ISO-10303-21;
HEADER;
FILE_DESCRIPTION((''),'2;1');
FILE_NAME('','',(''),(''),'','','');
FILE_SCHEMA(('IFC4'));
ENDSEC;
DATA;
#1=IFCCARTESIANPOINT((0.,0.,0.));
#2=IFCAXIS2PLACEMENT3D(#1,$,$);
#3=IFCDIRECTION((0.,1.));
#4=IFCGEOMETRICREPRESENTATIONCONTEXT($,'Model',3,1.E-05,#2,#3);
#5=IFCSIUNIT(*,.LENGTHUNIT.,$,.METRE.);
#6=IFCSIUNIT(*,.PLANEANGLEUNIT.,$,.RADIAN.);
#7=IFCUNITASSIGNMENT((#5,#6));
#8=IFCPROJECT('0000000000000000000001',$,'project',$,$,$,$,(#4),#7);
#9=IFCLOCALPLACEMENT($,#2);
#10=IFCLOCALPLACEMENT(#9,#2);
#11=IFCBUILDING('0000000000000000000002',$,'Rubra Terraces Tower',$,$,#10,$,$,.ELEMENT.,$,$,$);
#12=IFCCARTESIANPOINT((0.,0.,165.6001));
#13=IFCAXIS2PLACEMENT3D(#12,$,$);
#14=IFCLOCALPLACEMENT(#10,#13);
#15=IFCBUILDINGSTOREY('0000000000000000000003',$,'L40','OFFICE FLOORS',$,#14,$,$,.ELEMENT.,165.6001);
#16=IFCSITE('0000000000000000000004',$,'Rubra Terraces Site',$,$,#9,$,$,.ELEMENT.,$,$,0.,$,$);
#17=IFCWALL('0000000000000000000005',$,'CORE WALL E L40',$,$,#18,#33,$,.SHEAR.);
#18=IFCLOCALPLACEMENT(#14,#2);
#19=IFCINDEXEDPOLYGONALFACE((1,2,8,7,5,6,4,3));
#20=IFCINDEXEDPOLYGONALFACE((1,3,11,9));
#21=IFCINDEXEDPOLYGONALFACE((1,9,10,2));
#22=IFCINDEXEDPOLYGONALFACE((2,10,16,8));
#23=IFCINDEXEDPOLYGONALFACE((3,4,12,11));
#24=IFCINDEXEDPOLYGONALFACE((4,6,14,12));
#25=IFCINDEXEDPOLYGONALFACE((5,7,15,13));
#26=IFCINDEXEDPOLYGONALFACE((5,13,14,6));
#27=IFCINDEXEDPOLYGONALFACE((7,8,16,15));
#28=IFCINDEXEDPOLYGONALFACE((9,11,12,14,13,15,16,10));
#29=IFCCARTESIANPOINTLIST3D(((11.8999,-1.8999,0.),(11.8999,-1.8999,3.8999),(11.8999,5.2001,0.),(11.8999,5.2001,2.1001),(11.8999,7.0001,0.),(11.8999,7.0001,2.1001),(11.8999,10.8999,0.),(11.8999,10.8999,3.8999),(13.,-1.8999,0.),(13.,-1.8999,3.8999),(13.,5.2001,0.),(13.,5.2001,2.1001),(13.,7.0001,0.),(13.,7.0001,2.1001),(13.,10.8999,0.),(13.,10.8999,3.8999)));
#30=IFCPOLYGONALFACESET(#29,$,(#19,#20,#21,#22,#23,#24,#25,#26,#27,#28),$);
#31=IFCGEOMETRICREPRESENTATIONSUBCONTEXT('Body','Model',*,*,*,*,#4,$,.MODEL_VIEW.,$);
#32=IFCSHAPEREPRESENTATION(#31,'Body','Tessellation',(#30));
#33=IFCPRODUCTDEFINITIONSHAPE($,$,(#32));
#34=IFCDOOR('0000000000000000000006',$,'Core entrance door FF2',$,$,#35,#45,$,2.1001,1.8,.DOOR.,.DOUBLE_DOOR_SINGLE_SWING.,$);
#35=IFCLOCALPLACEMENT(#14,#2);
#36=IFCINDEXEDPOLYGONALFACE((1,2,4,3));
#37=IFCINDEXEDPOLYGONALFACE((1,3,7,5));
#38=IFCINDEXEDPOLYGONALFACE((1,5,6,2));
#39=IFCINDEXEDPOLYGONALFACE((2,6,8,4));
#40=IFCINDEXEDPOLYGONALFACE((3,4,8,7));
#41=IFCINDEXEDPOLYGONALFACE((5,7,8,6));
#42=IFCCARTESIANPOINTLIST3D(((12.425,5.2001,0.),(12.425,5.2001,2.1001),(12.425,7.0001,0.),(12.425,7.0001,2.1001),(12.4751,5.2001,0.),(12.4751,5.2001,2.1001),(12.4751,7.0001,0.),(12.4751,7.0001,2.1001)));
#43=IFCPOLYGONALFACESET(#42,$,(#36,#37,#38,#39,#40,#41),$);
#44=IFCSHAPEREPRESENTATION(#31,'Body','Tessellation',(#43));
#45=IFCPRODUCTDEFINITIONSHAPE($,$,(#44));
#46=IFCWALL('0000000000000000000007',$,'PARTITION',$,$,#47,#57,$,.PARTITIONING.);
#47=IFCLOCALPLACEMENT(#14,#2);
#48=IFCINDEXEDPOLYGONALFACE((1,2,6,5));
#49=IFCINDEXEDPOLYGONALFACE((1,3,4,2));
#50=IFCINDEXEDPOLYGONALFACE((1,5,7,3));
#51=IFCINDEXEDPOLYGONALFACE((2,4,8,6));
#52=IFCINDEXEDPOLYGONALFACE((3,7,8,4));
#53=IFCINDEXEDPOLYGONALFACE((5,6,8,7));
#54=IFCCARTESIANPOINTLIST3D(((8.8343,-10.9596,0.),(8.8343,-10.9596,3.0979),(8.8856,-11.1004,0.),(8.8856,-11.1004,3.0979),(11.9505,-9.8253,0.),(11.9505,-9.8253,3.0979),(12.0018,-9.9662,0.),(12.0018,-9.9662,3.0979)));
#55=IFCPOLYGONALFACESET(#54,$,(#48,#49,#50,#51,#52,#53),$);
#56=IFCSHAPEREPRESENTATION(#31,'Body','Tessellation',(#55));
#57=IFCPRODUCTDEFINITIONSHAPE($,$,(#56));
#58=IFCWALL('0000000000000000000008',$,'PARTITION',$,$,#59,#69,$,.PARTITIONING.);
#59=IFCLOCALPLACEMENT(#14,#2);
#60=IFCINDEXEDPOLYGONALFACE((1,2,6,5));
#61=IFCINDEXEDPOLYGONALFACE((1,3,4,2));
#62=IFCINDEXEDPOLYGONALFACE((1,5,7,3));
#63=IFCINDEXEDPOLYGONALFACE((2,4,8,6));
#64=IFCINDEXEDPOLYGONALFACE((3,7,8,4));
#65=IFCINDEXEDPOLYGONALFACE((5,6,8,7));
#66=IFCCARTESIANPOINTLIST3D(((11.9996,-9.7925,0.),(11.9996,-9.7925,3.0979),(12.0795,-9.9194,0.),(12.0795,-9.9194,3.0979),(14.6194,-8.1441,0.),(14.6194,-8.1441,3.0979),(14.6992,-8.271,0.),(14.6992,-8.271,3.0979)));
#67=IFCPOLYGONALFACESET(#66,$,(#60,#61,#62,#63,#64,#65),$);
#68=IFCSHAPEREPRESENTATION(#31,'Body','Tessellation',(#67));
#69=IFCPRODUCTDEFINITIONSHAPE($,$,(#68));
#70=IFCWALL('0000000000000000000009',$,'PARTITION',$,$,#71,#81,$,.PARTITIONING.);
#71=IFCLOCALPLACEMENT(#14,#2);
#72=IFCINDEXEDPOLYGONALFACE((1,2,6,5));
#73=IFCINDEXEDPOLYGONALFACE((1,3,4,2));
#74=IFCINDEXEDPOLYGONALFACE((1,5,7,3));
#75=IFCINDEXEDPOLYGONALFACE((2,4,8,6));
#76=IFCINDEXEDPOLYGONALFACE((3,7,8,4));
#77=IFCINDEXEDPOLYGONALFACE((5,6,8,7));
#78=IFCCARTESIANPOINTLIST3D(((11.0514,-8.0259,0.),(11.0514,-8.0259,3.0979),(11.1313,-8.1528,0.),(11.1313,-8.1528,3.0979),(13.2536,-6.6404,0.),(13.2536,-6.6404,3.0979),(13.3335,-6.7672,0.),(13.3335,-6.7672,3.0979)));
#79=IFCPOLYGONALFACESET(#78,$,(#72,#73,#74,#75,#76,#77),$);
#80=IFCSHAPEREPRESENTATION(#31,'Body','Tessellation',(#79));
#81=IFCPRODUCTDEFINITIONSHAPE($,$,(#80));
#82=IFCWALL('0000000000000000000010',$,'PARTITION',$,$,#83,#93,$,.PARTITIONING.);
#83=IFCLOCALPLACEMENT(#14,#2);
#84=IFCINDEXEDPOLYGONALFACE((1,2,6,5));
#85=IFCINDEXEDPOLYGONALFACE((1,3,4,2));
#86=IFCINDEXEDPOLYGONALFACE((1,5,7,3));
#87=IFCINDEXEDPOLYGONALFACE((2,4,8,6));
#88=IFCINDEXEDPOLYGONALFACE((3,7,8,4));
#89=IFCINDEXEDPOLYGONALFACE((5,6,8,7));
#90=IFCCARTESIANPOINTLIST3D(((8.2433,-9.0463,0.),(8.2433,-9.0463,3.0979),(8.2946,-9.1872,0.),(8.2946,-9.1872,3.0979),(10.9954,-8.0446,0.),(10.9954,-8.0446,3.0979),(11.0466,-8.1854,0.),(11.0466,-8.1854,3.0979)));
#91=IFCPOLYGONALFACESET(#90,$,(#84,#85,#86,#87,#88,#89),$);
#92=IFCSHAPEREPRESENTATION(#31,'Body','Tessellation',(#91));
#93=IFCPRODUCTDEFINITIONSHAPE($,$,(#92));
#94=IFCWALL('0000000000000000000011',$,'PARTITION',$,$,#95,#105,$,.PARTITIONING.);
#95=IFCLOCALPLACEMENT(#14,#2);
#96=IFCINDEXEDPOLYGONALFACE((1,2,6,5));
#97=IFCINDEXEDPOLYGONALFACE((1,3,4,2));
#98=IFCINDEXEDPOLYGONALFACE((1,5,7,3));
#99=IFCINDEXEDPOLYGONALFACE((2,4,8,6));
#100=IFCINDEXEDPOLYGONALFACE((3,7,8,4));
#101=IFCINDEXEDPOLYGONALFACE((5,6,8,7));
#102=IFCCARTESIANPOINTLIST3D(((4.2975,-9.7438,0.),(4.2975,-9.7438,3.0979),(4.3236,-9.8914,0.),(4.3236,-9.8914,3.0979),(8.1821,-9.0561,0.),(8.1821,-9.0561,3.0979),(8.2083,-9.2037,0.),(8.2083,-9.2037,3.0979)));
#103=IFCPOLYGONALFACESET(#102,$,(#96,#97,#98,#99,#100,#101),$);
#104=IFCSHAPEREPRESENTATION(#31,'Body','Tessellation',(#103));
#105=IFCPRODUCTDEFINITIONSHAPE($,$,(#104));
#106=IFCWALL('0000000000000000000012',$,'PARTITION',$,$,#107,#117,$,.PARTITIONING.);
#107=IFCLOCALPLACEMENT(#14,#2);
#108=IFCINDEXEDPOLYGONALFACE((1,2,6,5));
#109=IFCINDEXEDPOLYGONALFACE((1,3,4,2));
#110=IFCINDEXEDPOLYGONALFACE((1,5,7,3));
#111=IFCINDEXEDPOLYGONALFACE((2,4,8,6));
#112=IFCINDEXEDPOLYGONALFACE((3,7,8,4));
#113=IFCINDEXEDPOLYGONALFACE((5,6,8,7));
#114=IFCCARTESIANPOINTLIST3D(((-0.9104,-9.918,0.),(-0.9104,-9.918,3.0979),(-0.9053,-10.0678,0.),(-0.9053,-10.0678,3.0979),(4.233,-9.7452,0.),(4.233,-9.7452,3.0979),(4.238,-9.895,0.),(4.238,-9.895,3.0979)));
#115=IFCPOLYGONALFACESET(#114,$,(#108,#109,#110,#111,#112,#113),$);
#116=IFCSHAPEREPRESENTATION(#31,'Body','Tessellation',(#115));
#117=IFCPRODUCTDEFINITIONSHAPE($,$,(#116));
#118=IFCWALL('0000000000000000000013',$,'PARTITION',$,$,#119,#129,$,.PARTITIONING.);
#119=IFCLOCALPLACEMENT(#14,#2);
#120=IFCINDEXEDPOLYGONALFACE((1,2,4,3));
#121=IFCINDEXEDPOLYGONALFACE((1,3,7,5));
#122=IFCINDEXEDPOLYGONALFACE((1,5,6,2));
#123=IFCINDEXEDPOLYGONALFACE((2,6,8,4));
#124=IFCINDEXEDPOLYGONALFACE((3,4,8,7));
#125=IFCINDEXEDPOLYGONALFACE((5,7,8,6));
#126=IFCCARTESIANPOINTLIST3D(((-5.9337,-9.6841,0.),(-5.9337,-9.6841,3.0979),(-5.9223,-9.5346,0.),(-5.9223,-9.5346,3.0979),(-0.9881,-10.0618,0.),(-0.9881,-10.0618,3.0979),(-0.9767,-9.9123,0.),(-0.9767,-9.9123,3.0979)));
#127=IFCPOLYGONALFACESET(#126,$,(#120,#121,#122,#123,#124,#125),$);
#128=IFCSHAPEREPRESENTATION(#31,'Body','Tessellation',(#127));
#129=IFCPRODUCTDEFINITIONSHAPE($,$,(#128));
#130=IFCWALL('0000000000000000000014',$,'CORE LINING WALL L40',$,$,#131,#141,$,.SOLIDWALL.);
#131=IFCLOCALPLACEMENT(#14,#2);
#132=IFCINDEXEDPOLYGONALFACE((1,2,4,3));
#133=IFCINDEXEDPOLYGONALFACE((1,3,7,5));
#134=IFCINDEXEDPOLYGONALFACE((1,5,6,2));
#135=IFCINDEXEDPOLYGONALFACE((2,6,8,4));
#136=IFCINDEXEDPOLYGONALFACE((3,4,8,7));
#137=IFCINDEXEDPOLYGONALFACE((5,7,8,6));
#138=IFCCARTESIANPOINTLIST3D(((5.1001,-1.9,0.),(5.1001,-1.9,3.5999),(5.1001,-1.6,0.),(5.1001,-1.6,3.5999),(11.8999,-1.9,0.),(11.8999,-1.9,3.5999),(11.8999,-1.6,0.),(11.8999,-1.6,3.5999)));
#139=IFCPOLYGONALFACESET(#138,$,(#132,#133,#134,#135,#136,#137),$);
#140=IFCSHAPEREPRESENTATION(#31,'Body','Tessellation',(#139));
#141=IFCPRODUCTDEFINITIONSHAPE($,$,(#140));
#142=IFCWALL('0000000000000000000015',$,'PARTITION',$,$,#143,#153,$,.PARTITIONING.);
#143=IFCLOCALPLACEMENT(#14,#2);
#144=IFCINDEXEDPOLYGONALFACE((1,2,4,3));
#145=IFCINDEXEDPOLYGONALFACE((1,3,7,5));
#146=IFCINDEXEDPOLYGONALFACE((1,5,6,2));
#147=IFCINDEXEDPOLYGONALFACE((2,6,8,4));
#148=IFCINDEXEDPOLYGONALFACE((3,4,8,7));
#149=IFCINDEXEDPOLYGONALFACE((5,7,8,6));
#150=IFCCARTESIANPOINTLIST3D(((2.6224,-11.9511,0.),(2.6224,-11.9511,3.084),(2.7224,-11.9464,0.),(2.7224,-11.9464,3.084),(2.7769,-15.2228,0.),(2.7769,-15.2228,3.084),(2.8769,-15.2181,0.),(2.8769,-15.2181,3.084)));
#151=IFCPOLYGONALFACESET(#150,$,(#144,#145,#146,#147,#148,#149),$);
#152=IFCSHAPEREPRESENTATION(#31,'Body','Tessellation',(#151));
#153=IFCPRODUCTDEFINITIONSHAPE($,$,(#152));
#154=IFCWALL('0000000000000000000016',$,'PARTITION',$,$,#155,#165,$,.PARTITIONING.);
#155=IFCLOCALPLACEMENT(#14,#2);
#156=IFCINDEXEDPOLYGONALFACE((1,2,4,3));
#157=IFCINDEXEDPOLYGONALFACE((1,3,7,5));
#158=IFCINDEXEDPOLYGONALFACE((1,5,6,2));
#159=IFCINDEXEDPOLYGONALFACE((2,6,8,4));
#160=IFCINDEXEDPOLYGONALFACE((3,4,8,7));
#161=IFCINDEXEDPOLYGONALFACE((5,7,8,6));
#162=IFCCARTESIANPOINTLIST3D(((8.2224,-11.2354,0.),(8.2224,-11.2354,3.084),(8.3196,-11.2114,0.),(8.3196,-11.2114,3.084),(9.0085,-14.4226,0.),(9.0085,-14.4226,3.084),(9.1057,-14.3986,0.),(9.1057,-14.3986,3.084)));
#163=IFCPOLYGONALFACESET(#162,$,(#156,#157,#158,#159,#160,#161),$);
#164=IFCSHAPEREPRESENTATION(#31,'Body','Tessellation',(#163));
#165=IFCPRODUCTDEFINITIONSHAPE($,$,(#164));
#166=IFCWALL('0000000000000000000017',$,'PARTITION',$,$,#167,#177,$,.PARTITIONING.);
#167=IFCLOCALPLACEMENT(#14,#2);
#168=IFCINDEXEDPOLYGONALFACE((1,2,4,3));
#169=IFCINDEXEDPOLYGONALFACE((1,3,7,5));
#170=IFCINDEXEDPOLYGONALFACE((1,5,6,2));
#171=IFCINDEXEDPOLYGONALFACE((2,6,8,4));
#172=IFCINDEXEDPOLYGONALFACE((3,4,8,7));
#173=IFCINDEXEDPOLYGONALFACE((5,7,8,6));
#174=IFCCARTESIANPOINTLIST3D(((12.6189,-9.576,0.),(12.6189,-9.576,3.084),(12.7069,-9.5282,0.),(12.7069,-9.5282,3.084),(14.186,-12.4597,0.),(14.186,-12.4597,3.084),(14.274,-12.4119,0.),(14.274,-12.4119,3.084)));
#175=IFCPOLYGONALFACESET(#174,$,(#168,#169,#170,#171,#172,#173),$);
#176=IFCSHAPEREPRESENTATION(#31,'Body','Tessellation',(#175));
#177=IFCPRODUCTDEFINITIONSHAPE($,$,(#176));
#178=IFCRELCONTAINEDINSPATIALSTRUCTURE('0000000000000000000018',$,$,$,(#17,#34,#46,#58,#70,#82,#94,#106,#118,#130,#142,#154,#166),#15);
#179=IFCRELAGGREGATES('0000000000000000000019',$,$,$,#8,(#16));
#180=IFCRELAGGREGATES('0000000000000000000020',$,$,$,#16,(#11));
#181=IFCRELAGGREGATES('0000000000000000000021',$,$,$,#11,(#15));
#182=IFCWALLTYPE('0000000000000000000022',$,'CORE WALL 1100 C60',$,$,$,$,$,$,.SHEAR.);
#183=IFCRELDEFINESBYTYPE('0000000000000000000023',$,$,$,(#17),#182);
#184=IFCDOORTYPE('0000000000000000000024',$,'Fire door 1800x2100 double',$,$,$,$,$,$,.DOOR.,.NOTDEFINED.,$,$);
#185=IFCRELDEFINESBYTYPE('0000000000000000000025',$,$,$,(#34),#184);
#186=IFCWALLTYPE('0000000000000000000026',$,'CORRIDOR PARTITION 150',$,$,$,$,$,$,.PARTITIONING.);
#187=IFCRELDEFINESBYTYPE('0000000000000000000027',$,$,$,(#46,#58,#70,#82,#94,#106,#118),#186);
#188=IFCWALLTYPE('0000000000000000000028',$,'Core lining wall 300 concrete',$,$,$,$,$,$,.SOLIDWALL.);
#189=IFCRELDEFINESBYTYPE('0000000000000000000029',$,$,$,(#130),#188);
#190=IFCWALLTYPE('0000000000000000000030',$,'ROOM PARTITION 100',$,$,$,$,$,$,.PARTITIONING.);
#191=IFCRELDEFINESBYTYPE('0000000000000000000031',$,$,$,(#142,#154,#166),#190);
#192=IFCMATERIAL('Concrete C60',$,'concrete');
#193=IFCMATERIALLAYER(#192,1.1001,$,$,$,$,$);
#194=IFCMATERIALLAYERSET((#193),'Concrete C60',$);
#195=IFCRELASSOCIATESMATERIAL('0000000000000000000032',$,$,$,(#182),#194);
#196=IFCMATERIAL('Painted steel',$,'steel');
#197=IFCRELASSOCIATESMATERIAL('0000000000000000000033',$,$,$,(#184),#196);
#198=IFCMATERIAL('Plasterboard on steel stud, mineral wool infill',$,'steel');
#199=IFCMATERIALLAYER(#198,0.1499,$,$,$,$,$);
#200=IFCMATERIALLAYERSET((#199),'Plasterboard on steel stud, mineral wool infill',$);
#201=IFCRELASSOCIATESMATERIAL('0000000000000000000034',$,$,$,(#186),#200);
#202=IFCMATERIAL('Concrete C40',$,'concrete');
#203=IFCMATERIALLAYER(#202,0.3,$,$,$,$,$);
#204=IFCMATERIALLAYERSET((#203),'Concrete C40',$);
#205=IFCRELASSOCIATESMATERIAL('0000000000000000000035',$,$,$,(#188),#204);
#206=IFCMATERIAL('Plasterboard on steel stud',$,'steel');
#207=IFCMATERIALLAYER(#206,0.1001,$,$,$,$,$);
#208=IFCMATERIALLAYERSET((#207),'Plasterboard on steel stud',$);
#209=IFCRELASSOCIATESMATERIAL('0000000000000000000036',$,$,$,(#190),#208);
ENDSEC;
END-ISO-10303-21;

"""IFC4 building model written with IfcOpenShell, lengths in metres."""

from ifc_helpers import new_model, si_unit, direction, frame, frame_2d, origin, place, context, subcontext, project, spatial, rectangle, extrude, material, layer, layer_set, type_object, element, fill, save


model = new_model("IFC4")

# Units and contexts
model_context = context("Model", 3, precision=1e-05, world=origin(), true_north=direction((0.0, 1.0)))
body_context = subcontext(model_context, "Body", "Model", "MODEL_VIEW")
ifc_project = project(units=[si_unit("LENGTHUNIT", "METRE"), si_unit("PLANEANGLEUNIT", "RADIAN")], contexts=[model_context])

# Site, building, storey
site_placement = place(None, origin())
site = spatial("IfcSite", under=ifc_project, at=site_placement, Name="Rubra Terraces Site", CompositionType="ELEMENT", RefElevation=0.0)
building_placement = place(site_placement, origin())
building = spatial("IfcBuilding", under=site, at=building_placement, Name="Rubra Terraces Tower", CompositionType="ELEMENT")
storey_placement = place(building_placement, frame((0.0, 0.0, 165.6001)))
storey = spatial("IfcBuildingStorey", under=building, at=storey_placement, Name="L40", Description="OFFICE FLOORS", CompositionType="ELEMENT", Elevation=165.6001)

# Wall, opening, door
ifc_material_1 = material(Name="Concrete C60", Category="concrete")
ifc_layer_1 = layer(ifc_material_1, 1.1001)
ifc_layer_set_1 = layer_set([ifc_layer_1], Name="Concrete C60")
wall_type_1 = type_object("IfcWallType", Name="CORE WALL 1100 C60", PredefinedType="SHEAR", material=ifc_layer_set_1)
wall_1_placement = place(storey_placement, frame((12.45, -1.8999, 0.0), z_axis=(0.0, 0.0, 1.0), x_axis=(0.0, 1.0, 0.0)))
wall_1 = element("IfcWall", 1, at=wall_1_placement, inside=storey, type_object=wall_type_1, Name="CORE WALL E L40", PredefinedType="SHEAR", context=body_context, shape_type="SweptSolid", body=[
    extrude(rectangle(XDim=12.7998, YDim=1.1001, at=frame_2d((6.3999, 0.0))), origin(), (0.0, 0.0, 1.0), 3.8999),
])
opening_1_placement = place(wall_1_placement, frame((7.1001, 0.0, 0.0)))
opening_1 = element("IfcOpeningElement", 2, at=opening_1_placement, cuts=wall_1, PredefinedType="OPENING", context=body_context, shape_type="SweptSolid", body=[
    extrude(rectangle(XDim=1.8, YDim=2.1001, at=frame_2d((0.8999, 1.05))), frame((0.0, 0.5601, 0.0), z_axis=(0.0, -1.0, 0.0), x_axis=(1.0, 0.0, 0.0)), (0.0, 0.0, 1.0), 1.1201),
])
ifc_material_2 = material(Name="Painted steel", Category="steel")
door_type_1 = type_object("IfcDoorType", Name="Fire door 1800x2100 double", OperationType="NOTDEFINED", PredefinedType="DOOR", material=ifc_material_2)
door_1_placement = place(opening_1_placement, origin())
door_1 = element("IfcDoor", 3, at=door_1_placement, inside=storey, type_object=door_type_1, Name="Core entrance door FF2", OperationType="DOUBLE_DOOR_SINGLE_SWING", OverallHeight=2.1001, OverallWidth=1.8, PredefinedType="DOOR", context=body_context, shape_type="SweptSolid", body=[
    extrude(rectangle(XDim=1.8, YDim=2.1001, at=frame_2d((0.8999, 1.05))), frame((0.0, 0.0249, 0.0), z_axis=(0.0, -1.0, 0.0), x_axis=(1.0, 0.0, 0.0)), (0.0, 0.0, 1.0), 0.05),
])
fill(opening_1, door_1)
ifc_material_3 = material(Name="Plasterboard on steel stud, mineral wool infill", Category="steel")
ifc_layer_2 = layer(ifc_material_3, 0.1499)
ifc_layer_set_2 = layer_set([ifc_layer_2], Name="Plasterboard on steel stud, mineral wool infill")
wall_type_2 = type_object("IfcWallType", Name="CORRIDOR PARTITION 150", PredefinedType="PARTITIONING", material=ifc_layer_set_2)

# Walls
wall_2_placement = place(storey_placement, frame((8.8599, -11.03, 0.0), z_axis=(0.0, 0.0, 1.0), x_axis=(0.939686, 0.342039, 0.0)))
element("IfcWall", 4, at=wall_2_placement, inside=storey, type_object=wall_type_2, Name="PARTITION", PredefinedType="PARTITIONING", context=body_context, shape_type="SweptSolid", body=[
    extrude(rectangle(XDim=3.3162, YDim=0.1499, at=frame_2d((1.6582, 0.0))), origin(), (0.0, 0.0, 1.0), 3.0979),
])
wall_3_placement = place(storey_placement, frame((12.0396, -9.856, 0.0), z_axis=(0.0, 0.0, 1.0), x_axis=(0.846395, 0.532556, 0.0)))
element("IfcWall", 5, at=wall_3_placement, inside=storey, type_object=wall_type_2, Name="PARTITION", PredefinedType="PARTITIONING", context=body_context, shape_type="SweptSolid", body=[
    extrude(rectangle(XDim=3.0952, YDim=0.1499, at=frame_2d((1.5476, 0.0))), origin(), (0.0, 0.0, 1.0), 3.0979),
])
wall_4_placement = place(storey_placement, frame((13.2935, -6.7039, 0.0), z_axis=(0.0, 0.0, 1.0), x_axis=(-0.846413, -0.532527, 0.0)))
element("IfcWall", 6, at=wall_4_placement, inside=storey, type_object=wall_type_2, Name="PARTITION", PredefinedType="PARTITIONING", context=body_context, shape_type="SweptSolid", body=[
    extrude(rectangle(XDim=2.6018, YDim=0.1499, at=frame_2d((1.3008, 0.0))), origin(), (0.0, 0.0, 1.0), 3.0979),
])
wall_5_placement = place(storey_placement, frame((11.021, -8.115, 0.0), z_axis=(0.0, 0.0, 1.0), x_axis=(-0.939684, -0.342044, 0.0)))
element("IfcWall", 7, at=wall_5_placement, inside=storey, type_object=wall_type_2, Name="PARTITION", PredefinedType="PARTITIONING", context=body_context, shape_type="SweptSolid", body=[
    extrude(rectangle(XDim=2.9287, YDim=0.1499, at=frame_2d((1.4644, 0.0))), origin(), (0.0, 0.0, 1.0), 3.0979),
])
wall_6_placement = place(storey_placement, frame((8.1953, -9.1299, 0.0), z_axis=(0.0, 0.0, 1.0), x_axis=(-0.984688, -0.174325, 0.0)))
element("IfcWall", 8, at=wall_6_placement, inside=storey, type_object=wall_type_2, Name="PARTITION", PredefinedType="PARTITIONING", context=body_context, shape_type="SweptSolid", body=[
    extrude(rectangle(XDim=3.9451, YDim=0.1499, at=frame_2d((1.9727, 0.0))), origin(), (0.0, 0.0, 1.0), 3.0979),
])
wall_7_placement = place(storey_placement, frame((4.2356, -9.8201, 0.0), z_axis=(0.0, 0.0, 1.0), x_axis=(-0.999436, -0.033588, 0.0)))
element("IfcWall", 9, at=wall_7_placement, inside=storey, type_object=wall_type_2, Name="PARTITION", PredefinedType="PARTITIONING", context=body_context, shape_type="SweptSolid", body=[
    extrude(rectangle(XDim=5.1462, YDim=0.1499, at=frame_2d((2.5732, 0.0))), origin(), (0.0, 0.0, 1.0), 3.0979),
])
wall_8_placement = place(storey_placement, frame((-0.9824, -9.9871, 0.0), z_axis=(0.0, 0.0, 1.0), x_axis=(-0.997097, 0.076147, 0.0)))
element("IfcWall", 10, at=wall_8_placement, inside=storey, type_object=wall_type_2, Name="PARTITION", PredefinedType="PARTITIONING", context=body_context, shape_type="SweptSolid", body=[
    extrude(rectangle(XDim=4.96, YDim=0.1499, at=frame_2d((2.48, 0.0))), origin(), (0.0, 0.0, 1.0), 3.0979),
])
ifc_material_4 = material(Name="Concrete C40", Category="concrete")
ifc_layer_3 = layer(ifc_material_4, 0.3)
ifc_layer_set_3 = layer_set([ifc_layer_3], Name="Concrete C40")
wall_type_3 = type_object("IfcWallType", Name="Core lining wall 300 concrete", PredefinedType="SOLIDWALL", material=ifc_layer_set_3)
wall_9_placement = place(storey_placement, frame((11.8999, -1.75, 0.0), z_axis=(0.0, 0.0, 1.0), x_axis=(-1.0, 0.0, 0.0)))
element("IfcWall", 11, at=wall_9_placement, inside=storey, type_object=wall_type_3, Name="CORE LINING WALL L40", PredefinedType="SOLIDWALL", context=body_context, shape_type="SweptSolid", body=[
    extrude(rectangle(XDim=6.7998, YDim=0.3, at=frame_2d((3.3999, 0.0))), origin(), (0.0, 0.0, 1.0), 3.5999),
])
ifc_material_5 = material(Name="Plasterboard on steel stud", Category="steel")
ifc_layer_4 = layer(ifc_material_5, 0.1001)
ifc_layer_set_4 = layer_set([ifc_layer_4], Name="Plasterboard on steel stud")
wall_type_4 = type_object("IfcWallType", Name="ROOM PARTITION 100", PredefinedType="PARTITIONING", material=ifc_layer_set_4)
wall_10_placement = place(storey_placement, frame((2.6724, -11.9487, 0.0), z_axis=(0.0, 0.0, 1.0), x_axis=(0.047183, -0.998886, 0.0)))
element("IfcWall", 12, at=wall_10_placement, inside=storey, type_object=wall_type_4, Name="PARTITION", PredefinedType="PARTITIONING", context=body_context, shape_type="SweptSolid", body=[
    extrude(rectangle(XDim=3.2754, YDim=0.1001, at=frame_2d((1.6377, 0.0))), origin(), (0.0, 0.0, 1.0), 3.084),
])
wall_11_placement = place(storey_placement, frame((8.271, -11.2234, 0.0), z_axis=(0.0, 0.0, 1.0), x_axis=(0.239472, -0.970903, 0.0)))
element("IfcWall", 13, at=wall_11_placement, inside=storey, type_object=wall_type_4, Name="PARTITION", PredefinedType="PARTITIONING", context=body_context, shape_type="SweptSolid", body=[
    extrude(rectangle(XDim=3.2827, YDim=0.1001, at=frame_2d((1.6414, 0.0))), origin(), (0.0, 0.0, 1.0), 3.084),
])
wall_12_placement = place(storey_placement, frame((12.6628, -9.552, 0.0), z_axis=(0.0, 0.0, 1.0), x_axis=(0.477481, -0.878642, 0.0)))
element("IfcWall", 14, at=wall_12_placement, inside=storey, type_object=wall_type_4, Name="PARTITION", PredefinedType="PARTITIONING", context=body_context, shape_type="SweptSolid", body=[
    extrude(rectangle(XDim=3.282, YDim=0.1001, at=frame_2d((1.6411, 0.0))), origin(), (0.0, 0.0, 1.0), 3.084),
])

save(model, "model.ifc")
